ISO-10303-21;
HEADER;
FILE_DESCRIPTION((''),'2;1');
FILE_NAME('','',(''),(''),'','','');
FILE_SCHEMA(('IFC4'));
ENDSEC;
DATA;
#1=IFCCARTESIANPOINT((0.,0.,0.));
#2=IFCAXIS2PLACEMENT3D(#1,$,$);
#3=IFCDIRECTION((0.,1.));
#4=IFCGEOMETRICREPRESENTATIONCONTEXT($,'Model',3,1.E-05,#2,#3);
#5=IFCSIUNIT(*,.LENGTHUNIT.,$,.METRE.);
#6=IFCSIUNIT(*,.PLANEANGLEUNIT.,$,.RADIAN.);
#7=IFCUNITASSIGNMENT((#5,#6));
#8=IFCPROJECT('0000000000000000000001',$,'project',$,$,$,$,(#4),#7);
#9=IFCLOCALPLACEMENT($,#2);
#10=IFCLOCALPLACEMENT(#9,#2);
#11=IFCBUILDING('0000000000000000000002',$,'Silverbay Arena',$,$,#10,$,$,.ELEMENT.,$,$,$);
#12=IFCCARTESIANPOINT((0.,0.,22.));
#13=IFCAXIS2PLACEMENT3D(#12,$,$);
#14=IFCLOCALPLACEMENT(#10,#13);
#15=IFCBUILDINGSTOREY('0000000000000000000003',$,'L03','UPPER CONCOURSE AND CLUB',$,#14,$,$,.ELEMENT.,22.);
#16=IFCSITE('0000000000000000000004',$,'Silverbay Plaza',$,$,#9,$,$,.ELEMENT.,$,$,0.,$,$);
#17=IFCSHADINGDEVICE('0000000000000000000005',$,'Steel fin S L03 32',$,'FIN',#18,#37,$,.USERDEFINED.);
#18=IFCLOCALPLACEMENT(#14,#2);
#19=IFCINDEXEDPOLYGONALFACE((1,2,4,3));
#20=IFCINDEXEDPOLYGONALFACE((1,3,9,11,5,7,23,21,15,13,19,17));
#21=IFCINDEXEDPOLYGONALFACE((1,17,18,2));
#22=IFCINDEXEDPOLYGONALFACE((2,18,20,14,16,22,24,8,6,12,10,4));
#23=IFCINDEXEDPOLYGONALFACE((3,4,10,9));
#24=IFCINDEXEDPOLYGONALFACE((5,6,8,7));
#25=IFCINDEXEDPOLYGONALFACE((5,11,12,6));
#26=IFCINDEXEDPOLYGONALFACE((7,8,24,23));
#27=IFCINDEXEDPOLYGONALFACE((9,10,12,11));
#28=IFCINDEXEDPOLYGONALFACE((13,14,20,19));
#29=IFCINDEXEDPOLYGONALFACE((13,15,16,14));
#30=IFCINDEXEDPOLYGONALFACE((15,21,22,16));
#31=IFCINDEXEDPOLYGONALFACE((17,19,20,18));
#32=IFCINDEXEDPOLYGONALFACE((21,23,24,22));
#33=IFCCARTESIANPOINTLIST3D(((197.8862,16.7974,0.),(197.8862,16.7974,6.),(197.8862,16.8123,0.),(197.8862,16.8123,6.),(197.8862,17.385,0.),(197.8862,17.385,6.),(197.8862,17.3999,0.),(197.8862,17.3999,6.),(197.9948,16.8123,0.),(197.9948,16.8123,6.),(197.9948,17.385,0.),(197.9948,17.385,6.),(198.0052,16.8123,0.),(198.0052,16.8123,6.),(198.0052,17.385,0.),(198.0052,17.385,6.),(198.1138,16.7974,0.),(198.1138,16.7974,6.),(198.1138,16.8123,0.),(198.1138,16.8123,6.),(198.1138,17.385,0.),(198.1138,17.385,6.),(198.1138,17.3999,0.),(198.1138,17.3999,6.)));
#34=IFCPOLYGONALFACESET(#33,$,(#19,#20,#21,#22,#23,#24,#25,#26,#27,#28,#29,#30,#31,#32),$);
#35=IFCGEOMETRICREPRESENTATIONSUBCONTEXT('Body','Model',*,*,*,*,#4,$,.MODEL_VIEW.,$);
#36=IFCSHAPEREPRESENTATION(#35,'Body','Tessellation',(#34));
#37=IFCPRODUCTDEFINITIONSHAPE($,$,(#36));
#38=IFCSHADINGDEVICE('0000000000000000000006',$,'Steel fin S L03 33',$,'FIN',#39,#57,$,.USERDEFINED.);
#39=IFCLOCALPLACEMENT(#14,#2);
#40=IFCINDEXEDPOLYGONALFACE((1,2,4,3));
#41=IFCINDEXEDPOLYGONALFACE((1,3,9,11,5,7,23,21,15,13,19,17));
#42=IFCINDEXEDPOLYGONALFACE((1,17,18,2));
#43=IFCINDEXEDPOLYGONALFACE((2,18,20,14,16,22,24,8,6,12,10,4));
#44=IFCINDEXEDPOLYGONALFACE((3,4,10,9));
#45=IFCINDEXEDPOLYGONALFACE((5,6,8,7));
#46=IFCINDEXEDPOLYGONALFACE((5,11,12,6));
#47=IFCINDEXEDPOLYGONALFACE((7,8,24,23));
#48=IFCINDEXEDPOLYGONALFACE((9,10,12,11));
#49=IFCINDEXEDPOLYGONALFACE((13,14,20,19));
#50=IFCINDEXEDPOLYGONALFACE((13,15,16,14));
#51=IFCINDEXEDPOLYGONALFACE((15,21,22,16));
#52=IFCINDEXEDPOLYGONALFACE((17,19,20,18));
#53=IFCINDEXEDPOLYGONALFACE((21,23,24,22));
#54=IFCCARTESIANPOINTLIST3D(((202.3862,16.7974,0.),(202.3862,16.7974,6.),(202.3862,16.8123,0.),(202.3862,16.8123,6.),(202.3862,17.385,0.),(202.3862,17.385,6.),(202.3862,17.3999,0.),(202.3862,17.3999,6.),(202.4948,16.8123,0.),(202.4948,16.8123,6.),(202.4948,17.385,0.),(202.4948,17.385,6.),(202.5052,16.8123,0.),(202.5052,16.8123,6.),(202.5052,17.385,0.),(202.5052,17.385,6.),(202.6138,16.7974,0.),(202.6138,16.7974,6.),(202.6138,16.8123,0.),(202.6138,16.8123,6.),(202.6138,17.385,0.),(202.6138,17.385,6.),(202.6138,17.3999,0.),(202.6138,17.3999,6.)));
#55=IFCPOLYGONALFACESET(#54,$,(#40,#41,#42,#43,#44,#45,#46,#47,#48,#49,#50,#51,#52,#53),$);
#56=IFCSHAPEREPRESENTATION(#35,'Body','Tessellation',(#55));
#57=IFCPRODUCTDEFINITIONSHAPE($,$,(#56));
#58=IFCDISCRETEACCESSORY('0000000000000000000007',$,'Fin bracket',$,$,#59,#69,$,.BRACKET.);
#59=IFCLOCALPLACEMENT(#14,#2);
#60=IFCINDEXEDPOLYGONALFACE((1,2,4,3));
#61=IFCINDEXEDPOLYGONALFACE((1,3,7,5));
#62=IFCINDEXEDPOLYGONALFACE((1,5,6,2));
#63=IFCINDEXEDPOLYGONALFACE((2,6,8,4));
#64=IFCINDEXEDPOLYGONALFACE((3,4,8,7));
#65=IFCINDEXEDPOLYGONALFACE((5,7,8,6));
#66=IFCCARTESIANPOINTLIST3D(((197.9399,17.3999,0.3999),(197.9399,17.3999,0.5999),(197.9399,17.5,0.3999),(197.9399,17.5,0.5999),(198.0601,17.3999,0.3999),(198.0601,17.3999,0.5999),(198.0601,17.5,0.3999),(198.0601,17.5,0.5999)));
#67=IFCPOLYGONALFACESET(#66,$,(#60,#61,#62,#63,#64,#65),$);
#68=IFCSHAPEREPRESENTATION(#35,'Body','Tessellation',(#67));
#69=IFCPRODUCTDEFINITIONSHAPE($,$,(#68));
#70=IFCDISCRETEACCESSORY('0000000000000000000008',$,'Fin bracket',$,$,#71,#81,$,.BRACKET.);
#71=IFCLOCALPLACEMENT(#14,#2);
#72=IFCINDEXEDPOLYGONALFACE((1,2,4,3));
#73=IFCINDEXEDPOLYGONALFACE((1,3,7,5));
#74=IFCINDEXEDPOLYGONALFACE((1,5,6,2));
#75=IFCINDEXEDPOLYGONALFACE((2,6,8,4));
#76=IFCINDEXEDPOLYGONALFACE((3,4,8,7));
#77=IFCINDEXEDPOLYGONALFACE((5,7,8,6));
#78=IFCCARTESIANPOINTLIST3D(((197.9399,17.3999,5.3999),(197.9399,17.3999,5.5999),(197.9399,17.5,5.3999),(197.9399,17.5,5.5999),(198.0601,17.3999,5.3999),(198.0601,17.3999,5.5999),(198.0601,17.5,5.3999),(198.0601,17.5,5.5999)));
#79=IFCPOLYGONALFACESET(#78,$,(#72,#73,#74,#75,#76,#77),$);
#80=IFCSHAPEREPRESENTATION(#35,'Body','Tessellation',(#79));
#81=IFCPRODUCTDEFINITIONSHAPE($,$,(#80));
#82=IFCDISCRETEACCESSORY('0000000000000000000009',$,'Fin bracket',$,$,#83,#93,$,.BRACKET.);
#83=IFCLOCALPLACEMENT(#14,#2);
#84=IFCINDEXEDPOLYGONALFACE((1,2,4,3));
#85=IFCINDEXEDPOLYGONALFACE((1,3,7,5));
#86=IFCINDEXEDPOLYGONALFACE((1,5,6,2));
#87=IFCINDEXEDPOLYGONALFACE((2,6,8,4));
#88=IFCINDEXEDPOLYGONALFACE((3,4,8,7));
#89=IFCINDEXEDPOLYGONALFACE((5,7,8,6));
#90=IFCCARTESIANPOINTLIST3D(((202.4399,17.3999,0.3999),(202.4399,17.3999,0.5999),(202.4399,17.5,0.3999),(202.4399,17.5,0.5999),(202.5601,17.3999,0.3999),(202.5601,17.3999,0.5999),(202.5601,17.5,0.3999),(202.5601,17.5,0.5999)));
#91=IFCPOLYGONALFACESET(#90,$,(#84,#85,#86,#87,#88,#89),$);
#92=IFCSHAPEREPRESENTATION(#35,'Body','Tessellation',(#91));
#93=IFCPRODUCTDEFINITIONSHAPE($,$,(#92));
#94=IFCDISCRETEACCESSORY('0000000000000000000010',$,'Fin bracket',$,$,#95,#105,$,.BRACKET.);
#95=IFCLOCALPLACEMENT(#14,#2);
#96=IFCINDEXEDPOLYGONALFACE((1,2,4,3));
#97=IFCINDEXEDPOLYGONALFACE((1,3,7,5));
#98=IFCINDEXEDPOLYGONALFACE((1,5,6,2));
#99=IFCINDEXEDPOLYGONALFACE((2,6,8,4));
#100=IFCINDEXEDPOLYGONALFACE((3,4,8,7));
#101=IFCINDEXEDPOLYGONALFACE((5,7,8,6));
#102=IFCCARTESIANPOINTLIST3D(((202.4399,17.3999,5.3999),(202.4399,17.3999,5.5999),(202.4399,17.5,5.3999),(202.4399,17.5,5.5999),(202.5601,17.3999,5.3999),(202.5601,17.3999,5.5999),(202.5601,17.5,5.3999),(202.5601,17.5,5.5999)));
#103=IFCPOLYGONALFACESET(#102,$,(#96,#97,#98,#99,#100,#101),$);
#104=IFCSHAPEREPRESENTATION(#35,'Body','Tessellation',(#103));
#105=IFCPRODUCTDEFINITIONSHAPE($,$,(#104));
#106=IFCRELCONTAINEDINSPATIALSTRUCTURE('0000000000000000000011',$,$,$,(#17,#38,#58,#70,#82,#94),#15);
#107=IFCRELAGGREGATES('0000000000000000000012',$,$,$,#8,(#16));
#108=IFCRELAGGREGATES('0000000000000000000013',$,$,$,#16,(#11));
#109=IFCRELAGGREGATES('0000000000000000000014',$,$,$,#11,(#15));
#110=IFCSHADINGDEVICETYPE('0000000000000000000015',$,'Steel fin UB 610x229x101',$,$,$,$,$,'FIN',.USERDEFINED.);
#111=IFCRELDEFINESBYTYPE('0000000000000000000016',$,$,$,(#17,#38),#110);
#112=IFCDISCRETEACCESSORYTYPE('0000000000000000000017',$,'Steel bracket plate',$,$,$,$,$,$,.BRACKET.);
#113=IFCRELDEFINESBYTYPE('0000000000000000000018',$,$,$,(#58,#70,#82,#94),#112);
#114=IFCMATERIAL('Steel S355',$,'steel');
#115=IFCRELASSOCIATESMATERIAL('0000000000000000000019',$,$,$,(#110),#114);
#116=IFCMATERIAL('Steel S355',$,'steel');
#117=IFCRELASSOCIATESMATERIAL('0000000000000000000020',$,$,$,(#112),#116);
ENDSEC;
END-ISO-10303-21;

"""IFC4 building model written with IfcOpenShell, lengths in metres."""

from ifc_helpers import new_model, si_unit, direction, frame, origin, origin_2d, place, context, subcontext, project, spatial, rectangle, i_section, extrude, material, material_profile, profile_set, type_object, element, save


model = new_model("IFC4")

# Units and contexts
model_context = context("Model", 3, precision=1e-05, world=origin(), true_north=direction((0.0, 1.0)))
body_context = subcontext(model_context, "Body", "Model", "MODEL_VIEW")
ifc_project = project(units=[si_unit("LENGTHUNIT", "METRE"), si_unit("PLANEANGLEUNIT", "RADIAN")], contexts=[model_context])

# Site, building, storey
site_placement = place(None, origin())
site = spatial("IfcSite", under=ifc_project, at=site_placement, Name="Silverbay Plaza", CompositionType="ELEMENT", RefElevation=0.0)
building_placement = place(site_placement, origin())
building = spatial("IfcBuilding", under=site, at=building_placement, Name="Silverbay Arena", CompositionType="ELEMENT")
storey_placement = place(building_placement, frame((0.0, 0.0, 22.0)))
storey = spatial("IfcBuildingStorey", under=building, at=storey_placement, Name="L03", Description="UPPER CONCOURSE AND CLUB", CompositionType="ELEMENT", Elevation=22.0)

# Shading devices
ifc_material_1 = material(Name="Steel S355", Category="steel")
ifc_material_profile_1 = material_profile(ifc_material_1, i_section(OverallWidth=0.2275, OverallDepth=0.6025, WebThickness=0.0105, FlangeThickness=0.0149, at=origin_2d()), Name="UB 610x229x101")
ifc_profile_set_1 = profile_set([ifc_material_profile_1], Name="Steel S355")
shading_device_type = type_object("IfcShadingDeviceType", Name="Steel fin UB 610x229x101", ElementType="FIN", PredefinedType="USERDEFINED", material=ifc_profile_set_1)
for number, where, z_axis, x_axis, name in (
    (1, (198.0, 17.0986, 0.0), (0.0, 0.0, 1.0), (1.0, 0.0, 0.0), "Steel fin S L03 32"),
    (2, (202.5, 17.0986, 0.0), (0.0, 0.0, 1.0), (1.0, 0.0, 0.0), "Steel fin S L03 33"),
):
    element("IfcShadingDevice", number, at=place(storey_placement, frame(where, z_axis=z_axis, x_axis=x_axis)), inside=storey, type_object=shading_device_type, Name=name, ObjectType="FIN", PredefinedType="USERDEFINED", context=body_context, shape_type="SweptSolid", body=[
        extrude(i_section(OverallWidth=0.2275, OverallDepth=0.6025, WebThickness=0.0105, FlangeThickness=0.0149, at=origin_2d()), origin(), (0.0, 0.0, 1.0), 6.0),
    ])

# Discrete accessories
ifc_material_2 = material(Name="Steel S355", Category="steel")
discrete_accessory_type = type_object("IfcDiscreteAccessoryType", Name="Steel bracket plate", PredefinedType="BRACKET", material=ifc_material_2)
for number, where, z_axis, x_axis, name in (
    (3, (198.0, 17.45, 0.3999), (0.0, 0.0, 1.0), (1.0, 0.0, 0.0), "Fin bracket"),
    (4, (198.0, 17.45, 5.3999), (0.0, 0.0, 1.0), (1.0, 0.0, 0.0), "Fin bracket"),
    (5, (202.5, 17.45, 0.3999), (0.0, 0.0, 1.0), (1.0, 0.0, 0.0), "Fin bracket"),
    (6, (202.5, 17.45, 5.3999), (0.0, 0.0, 1.0), (1.0, 0.0, 0.0), "Fin bracket"),
):
    element("IfcDiscreteAccessory", number, at=place(storey_placement, frame(where, z_axis=z_axis, x_axis=x_axis)), inside=storey, type_object=discrete_accessory_type, Name=name, PredefinedType="BRACKET", context=body_context, shape_type="SweptSolid", body=[
        extrude(rectangle(XDim=0.1201, YDim=0.1001, at=origin_2d()), origin(), (0.0, 0.0, 1.0), 0.2),
    ])

save(model, "model.ifc")
